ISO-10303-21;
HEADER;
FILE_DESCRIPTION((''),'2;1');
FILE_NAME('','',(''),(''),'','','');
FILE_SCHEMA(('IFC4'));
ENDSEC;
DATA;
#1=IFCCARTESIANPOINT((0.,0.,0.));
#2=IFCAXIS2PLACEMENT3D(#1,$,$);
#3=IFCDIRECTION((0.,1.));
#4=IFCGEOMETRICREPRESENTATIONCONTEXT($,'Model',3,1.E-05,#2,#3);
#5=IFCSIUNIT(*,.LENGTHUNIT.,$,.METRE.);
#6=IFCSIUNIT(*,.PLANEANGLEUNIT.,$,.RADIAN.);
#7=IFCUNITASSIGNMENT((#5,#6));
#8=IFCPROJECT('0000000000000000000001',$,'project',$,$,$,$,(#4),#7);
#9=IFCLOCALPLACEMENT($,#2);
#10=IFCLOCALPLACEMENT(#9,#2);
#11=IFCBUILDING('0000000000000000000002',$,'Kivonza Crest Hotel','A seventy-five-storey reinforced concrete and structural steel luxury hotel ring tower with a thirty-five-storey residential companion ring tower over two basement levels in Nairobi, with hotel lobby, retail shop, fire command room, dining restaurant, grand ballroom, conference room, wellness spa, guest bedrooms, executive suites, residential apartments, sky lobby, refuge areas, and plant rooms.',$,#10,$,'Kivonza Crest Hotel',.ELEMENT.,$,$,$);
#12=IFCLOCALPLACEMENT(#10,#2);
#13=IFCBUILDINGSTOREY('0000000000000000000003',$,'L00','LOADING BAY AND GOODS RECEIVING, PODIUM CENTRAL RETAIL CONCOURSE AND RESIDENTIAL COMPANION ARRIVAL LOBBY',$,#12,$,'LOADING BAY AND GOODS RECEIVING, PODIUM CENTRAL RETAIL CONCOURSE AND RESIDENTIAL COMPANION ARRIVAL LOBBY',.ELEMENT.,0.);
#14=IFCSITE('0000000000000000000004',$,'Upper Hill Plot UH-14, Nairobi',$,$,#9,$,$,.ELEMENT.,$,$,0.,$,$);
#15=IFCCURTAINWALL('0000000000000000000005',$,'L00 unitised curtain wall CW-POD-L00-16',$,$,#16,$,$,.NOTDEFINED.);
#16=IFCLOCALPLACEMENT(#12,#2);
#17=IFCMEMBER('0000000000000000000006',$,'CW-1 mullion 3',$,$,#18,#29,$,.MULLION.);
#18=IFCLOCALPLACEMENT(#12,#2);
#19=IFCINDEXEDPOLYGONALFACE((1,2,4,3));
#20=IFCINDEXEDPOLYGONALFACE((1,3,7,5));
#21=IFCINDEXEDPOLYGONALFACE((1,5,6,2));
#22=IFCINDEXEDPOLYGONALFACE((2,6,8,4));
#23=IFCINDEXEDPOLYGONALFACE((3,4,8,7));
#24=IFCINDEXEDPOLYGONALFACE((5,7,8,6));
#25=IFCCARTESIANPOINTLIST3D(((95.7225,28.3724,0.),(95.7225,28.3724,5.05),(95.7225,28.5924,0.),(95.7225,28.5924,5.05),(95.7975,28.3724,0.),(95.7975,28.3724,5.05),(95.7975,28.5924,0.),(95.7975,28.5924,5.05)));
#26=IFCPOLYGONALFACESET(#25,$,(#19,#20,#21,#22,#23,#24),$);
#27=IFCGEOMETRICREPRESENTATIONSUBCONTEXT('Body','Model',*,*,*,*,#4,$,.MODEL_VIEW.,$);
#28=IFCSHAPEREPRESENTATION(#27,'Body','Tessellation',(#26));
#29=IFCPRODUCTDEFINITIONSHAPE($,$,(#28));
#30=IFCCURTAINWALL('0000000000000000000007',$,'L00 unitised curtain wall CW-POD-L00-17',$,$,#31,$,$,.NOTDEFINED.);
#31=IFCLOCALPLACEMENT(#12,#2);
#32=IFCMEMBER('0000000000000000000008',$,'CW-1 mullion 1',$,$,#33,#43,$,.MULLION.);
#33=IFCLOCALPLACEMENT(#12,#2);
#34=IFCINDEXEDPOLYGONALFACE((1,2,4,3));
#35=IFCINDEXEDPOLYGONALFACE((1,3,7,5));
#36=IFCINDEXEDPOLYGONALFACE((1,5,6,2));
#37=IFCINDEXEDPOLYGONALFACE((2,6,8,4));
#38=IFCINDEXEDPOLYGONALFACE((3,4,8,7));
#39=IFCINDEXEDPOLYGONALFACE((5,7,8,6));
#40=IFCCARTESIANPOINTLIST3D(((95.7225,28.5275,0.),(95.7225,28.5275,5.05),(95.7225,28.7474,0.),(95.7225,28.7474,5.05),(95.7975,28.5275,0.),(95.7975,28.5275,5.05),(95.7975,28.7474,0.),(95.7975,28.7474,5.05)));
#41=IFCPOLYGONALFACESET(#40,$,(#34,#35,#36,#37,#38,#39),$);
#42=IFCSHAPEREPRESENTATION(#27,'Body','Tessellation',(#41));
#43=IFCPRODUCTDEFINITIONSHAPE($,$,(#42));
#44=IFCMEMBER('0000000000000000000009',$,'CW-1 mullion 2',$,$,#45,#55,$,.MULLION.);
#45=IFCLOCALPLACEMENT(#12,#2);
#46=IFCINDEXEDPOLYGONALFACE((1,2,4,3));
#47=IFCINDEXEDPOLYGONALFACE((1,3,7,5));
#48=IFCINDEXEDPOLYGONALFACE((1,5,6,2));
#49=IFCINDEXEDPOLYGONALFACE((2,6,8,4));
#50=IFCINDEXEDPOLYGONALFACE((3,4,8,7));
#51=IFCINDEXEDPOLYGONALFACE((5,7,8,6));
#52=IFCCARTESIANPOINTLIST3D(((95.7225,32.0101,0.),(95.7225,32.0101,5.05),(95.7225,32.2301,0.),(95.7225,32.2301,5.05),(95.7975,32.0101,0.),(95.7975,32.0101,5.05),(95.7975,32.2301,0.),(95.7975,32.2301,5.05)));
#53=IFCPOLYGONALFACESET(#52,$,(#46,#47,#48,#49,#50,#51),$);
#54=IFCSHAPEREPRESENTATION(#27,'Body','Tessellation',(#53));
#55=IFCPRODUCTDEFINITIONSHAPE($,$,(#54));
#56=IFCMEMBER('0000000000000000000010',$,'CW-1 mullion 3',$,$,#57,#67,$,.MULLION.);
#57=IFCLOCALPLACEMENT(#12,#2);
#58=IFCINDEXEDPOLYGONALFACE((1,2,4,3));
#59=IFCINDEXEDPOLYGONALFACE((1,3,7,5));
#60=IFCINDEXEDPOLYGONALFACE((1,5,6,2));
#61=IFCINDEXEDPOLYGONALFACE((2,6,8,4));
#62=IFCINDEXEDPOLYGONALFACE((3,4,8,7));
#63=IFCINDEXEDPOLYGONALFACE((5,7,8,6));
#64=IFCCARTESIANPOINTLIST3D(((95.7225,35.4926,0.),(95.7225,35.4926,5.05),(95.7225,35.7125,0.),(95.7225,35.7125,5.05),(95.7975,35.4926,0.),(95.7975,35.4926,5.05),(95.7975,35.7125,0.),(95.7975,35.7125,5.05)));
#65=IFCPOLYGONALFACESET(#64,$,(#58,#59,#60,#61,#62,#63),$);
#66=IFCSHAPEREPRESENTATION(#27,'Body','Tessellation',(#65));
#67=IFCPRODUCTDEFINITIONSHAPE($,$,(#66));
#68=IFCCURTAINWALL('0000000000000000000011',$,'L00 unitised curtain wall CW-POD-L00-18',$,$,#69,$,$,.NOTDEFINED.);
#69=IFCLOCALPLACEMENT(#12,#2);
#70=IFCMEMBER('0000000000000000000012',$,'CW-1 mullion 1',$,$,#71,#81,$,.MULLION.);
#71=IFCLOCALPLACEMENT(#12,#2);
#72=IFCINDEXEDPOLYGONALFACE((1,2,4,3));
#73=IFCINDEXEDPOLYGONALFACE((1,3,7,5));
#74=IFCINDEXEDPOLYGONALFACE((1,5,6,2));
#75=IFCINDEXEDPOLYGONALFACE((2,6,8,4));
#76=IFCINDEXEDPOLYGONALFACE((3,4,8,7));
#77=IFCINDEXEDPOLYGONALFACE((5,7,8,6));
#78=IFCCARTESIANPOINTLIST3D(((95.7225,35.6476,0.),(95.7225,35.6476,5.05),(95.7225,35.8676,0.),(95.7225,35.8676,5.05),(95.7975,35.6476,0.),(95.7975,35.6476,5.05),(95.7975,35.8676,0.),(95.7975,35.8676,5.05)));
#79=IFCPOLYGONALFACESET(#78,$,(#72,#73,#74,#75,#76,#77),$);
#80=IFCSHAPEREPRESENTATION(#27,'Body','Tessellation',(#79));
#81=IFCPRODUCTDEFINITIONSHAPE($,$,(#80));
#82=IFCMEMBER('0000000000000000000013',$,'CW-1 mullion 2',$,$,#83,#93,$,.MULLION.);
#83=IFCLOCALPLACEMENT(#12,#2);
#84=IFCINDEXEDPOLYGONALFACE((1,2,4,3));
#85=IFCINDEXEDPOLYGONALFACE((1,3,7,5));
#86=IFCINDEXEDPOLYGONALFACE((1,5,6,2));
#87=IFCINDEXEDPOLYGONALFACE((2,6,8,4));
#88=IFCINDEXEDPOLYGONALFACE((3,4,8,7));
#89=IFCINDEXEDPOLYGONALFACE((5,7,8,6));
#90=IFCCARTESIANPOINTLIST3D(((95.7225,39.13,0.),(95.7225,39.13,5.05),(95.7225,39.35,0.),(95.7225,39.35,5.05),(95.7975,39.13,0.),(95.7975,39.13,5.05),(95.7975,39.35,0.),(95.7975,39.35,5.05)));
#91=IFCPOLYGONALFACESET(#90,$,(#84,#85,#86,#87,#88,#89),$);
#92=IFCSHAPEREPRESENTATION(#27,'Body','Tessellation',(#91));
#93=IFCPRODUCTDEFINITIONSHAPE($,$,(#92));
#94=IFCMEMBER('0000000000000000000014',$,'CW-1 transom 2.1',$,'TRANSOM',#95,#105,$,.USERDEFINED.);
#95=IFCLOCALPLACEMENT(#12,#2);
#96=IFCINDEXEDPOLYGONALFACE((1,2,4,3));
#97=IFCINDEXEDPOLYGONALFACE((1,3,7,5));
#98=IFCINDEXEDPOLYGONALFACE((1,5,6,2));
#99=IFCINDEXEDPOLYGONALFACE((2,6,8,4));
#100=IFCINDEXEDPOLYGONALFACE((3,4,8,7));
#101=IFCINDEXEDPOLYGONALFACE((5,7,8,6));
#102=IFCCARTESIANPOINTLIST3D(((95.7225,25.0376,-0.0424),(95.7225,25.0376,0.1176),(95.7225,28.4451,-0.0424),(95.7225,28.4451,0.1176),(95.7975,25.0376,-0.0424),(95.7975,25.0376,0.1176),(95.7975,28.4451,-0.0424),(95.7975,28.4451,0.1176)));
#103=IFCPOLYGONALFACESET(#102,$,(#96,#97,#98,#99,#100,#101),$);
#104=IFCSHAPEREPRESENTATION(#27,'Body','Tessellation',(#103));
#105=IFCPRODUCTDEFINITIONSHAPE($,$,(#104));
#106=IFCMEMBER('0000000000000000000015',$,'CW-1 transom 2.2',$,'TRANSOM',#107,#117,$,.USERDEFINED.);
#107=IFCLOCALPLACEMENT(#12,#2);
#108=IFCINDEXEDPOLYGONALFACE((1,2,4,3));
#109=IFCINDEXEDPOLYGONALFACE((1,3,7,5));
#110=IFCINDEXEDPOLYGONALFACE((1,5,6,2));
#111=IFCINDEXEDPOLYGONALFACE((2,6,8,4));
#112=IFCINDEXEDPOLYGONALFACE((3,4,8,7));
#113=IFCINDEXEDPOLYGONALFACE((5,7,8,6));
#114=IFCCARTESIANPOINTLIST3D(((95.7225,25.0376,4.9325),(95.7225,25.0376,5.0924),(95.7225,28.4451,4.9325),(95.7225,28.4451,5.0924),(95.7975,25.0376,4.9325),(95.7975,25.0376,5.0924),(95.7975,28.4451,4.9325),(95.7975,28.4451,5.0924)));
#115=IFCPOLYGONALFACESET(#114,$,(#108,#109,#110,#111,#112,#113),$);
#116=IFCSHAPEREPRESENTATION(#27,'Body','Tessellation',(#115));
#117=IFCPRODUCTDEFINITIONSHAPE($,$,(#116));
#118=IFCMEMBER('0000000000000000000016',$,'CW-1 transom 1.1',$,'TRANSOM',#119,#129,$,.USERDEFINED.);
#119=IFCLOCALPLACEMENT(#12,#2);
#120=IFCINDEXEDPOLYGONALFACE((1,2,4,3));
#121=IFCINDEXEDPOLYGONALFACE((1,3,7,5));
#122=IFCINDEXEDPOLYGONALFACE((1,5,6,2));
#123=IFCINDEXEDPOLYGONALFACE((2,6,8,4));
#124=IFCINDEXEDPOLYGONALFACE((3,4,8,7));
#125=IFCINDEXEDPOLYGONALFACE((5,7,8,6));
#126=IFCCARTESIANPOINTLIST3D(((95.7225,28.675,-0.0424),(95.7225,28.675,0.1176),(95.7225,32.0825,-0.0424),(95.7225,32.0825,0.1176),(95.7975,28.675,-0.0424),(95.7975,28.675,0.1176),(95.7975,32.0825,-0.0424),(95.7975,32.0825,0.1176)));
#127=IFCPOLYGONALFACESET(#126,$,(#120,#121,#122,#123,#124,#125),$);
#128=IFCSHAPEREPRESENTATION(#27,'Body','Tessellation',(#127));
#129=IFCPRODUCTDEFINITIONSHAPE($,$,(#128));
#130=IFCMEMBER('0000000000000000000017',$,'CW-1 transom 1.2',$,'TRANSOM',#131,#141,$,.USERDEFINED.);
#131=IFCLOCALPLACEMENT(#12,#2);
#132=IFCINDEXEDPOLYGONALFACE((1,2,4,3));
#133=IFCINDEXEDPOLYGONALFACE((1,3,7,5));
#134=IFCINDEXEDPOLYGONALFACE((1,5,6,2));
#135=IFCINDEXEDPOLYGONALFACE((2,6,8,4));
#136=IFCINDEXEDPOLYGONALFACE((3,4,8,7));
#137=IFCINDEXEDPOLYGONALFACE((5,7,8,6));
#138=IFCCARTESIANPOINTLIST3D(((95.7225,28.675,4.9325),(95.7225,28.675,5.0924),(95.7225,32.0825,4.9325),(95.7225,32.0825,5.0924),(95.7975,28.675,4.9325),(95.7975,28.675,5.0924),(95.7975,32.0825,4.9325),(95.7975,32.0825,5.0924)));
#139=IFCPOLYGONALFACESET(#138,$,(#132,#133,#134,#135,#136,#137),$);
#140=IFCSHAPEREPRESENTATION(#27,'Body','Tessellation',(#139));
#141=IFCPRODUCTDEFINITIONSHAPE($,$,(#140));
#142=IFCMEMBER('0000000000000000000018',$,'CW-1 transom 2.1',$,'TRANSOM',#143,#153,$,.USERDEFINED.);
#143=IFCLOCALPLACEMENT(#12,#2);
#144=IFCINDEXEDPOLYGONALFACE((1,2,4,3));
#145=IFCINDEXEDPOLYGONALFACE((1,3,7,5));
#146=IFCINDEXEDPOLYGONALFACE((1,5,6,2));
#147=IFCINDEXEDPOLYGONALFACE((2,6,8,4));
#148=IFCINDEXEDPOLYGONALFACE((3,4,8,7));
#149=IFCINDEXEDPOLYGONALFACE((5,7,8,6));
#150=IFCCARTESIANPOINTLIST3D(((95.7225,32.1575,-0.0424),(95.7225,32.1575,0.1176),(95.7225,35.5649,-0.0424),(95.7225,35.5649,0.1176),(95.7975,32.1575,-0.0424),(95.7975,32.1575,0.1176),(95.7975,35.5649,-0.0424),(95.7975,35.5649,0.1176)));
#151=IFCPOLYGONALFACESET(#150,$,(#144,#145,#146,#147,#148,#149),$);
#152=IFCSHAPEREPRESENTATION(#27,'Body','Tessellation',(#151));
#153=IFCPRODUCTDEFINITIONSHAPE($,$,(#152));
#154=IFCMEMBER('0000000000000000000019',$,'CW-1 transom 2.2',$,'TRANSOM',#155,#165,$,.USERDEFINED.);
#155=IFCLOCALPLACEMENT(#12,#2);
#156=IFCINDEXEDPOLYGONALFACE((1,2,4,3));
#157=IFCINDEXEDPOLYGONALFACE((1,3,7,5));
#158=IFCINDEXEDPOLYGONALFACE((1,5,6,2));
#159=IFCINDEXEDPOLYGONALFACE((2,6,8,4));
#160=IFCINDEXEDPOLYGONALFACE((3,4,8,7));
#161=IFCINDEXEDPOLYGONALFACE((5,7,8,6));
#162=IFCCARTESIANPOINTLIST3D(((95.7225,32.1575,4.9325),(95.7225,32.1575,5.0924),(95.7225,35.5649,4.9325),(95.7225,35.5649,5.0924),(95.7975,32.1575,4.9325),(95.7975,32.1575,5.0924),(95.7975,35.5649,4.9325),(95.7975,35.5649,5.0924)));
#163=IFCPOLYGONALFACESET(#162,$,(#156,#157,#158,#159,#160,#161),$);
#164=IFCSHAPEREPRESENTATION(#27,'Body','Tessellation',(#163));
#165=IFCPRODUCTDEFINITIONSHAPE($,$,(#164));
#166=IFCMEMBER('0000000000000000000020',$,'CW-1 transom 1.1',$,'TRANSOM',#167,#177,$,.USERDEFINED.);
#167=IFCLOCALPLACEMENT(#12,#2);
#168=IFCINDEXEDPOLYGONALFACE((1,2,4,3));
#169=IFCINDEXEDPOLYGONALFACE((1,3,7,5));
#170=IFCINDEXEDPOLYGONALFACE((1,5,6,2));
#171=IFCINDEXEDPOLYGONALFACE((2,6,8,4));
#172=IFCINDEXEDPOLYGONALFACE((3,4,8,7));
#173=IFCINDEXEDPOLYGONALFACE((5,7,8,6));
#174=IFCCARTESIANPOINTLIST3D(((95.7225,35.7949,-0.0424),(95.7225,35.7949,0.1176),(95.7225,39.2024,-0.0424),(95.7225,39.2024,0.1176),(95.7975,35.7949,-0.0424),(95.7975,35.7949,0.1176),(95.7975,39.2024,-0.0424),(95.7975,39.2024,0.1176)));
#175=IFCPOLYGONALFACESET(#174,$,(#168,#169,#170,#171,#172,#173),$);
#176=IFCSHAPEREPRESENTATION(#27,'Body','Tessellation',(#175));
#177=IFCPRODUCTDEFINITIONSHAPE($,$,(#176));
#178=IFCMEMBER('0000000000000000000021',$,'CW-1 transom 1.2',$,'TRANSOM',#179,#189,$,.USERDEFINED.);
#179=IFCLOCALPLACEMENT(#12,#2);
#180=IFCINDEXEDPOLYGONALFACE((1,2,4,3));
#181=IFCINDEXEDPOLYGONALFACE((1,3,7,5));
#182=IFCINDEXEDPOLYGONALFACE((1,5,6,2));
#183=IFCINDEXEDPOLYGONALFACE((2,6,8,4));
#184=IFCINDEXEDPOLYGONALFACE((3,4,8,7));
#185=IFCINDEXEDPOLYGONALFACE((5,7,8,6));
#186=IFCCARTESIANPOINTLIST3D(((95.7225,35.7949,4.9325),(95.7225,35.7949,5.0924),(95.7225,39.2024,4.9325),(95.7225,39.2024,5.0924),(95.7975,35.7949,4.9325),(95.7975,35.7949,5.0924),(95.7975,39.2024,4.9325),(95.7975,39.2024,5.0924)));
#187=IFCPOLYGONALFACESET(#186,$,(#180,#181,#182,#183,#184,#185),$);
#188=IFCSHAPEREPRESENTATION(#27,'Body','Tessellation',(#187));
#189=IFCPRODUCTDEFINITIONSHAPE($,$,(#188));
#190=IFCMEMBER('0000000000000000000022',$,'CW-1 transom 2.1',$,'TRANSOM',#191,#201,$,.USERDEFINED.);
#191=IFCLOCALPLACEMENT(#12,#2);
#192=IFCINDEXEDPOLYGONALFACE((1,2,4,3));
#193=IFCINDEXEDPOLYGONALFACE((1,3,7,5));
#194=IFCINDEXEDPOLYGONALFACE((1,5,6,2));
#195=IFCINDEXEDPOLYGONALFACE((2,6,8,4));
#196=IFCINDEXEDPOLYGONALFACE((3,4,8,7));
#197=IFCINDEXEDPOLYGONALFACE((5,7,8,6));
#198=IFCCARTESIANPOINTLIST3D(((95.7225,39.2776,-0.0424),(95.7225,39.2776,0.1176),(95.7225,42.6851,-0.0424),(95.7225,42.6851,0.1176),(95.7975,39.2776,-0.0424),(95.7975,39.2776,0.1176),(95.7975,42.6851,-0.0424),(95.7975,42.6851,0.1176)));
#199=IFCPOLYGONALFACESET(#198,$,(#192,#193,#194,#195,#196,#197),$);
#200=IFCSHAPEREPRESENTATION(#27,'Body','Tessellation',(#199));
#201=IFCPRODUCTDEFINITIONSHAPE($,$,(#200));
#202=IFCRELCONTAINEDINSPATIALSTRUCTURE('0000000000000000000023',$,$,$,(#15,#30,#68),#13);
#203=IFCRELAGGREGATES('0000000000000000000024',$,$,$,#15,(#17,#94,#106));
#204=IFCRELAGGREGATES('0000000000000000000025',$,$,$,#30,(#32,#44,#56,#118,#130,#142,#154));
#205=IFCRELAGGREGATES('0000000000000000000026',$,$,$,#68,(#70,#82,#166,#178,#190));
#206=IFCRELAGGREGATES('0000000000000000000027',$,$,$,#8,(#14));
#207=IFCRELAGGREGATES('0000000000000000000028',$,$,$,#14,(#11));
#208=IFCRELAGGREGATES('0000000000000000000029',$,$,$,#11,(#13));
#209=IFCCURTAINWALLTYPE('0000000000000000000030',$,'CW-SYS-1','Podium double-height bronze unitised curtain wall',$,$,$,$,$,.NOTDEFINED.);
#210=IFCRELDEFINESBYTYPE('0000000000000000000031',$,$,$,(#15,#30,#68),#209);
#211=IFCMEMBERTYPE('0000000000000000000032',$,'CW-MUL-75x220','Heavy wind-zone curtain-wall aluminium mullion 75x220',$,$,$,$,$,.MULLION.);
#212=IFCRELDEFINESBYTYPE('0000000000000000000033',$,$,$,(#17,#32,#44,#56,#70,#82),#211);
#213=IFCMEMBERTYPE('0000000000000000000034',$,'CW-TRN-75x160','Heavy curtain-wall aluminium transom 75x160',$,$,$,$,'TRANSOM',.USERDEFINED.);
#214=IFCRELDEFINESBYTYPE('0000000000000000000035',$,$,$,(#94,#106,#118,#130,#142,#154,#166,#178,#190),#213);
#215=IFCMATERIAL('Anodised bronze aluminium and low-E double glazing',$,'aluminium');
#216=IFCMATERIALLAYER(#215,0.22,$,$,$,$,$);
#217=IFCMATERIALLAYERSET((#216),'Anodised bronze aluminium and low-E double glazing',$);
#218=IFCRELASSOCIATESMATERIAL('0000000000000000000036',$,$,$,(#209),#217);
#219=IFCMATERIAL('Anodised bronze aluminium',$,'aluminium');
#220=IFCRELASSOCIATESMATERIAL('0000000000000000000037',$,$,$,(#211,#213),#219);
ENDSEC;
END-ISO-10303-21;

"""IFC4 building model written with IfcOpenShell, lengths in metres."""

from ifc_helpers import new_model, si_unit, direction, frame, origin, origin_2d, place, context, subcontext, project, spatial, rectangle, extrude, material, layer, layer_set, material_profile, profile_set, type_object, element, aggregate, save


model = new_model("IFC4")

# Units and contexts
model_context = context("Model", 3, precision=1e-05, world=origin(), true_north=direction((0.0, 1.0)))
body_context = subcontext(model_context, "Body", "Model", "MODEL_VIEW")
ifc_project = project(units=[si_unit("LENGTHUNIT", "METRE"), si_unit("PLANEANGLEUNIT", "RADIAN")], contexts=[model_context])

# Site, building, storey
site_placement = place(None, origin())
site = spatial("IfcSite", under=ifc_project, at=site_placement, Name="Upper Hill Plot UH-14, Nairobi", CompositionType="ELEMENT", RefElevation=0.0)
building_placement = place(site_placement, origin())
building = spatial("IfcBuilding", under=site, at=building_placement, Name="Kivonza Crest Hotel", Description="A seventy-five-storey reinforced concrete and structural steel luxury hotel ring tower with a thirty-five-storey residential companion ring tower over two basement levels in Nairobi, with hotel lobby, retail shop, fire command room, dining restaurant, grand ballroom, conference room, wellness spa, guest bedrooms, executive suites, residential apartments, sky lobby, refuge areas, and plant rooms.", LongName="Kivonza Crest Hotel", CompositionType="ELEMENT")
storey_placement = place(building_placement, origin())
storey = spatial("IfcBuildingStorey", under=building, at=storey_placement, Name="L00", Description="LOADING BAY AND GOODS RECEIVING, PODIUM CENTRAL RETAIL CONCOURSE AND RESIDENTIAL COMPANION ARRIVAL LOBBY", LongName="LOADING BAY AND GOODS RECEIVING, PODIUM CENTRAL RETAIL CONCOURSE AND RESIDENTIAL COMPANION ARRIVAL LOBBY", CompositionType="ELEMENT", Elevation=0.0)

# Curtain wall, member
ifc_material_1 = material(Name="Anodised bronze aluminium and low-E double glazing", Category="aluminium")
ifc_layer_1 = layer(ifc_material_1, 0.22)
ifc_layer_set_1 = layer_set([ifc_layer_1], Name="Anodised bronze aluminium and low-E double glazing")
curtain_wall_type = type_object("IfcCurtainWallType", Name="CW-SYS-1", Description="Podium double-height bronze unitised curtain wall", PredefinedType="NOTDEFINED", material=ifc_layer_set_1)
curtain_wall_1_placement = place(storey_placement, origin())
curtain_wall_1 = element("IfcCurtainWall", 1, at=curtain_wall_1_placement, inside=storey, type_object=curtain_wall_type, Name="L00 unitised curtain wall CW-POD-L00-16", PredefinedType="NOTDEFINED")
ifc_material_2 = material(Name="Anodised bronze aluminium", Category="aluminium")
ifc_material_profile_1 = material_profile(ifc_material_2, rectangle(XDim=0.075, YDim=0.22, at=origin_2d()), Name="CW-M 75x220")
ifc_profile_set_1 = profile_set([ifc_material_profile_1], Name="Anodised bronze aluminium")
member_type_1 = type_object("IfcMemberType", Name="CW-MUL-75x220", Description="Heavy wind-zone curtain-wall aluminium mullion 75x220", PredefinedType="MULLION", material=ifc_profile_set_1)
member_1_placement = place(storey_placement, frame((95.76, 28.4824, 0.0), z_axis=(0.0, 0.0, 1.0), x_axis=(-1.0, 0.0, 0.0)))
member_1 = element("IfcMember", 2, at=member_1_placement, type_object=member_type_1, Name="CW-1 mullion 3", PredefinedType="MULLION", context=body_context, shape_type="SweptSolid", body=[
    extrude(rectangle(XDim=0.075, YDim=0.22, at=origin_2d()), origin(), (0.0, 0.0, 1.0), 5.05),
])

# Curtain walls, members
curtain_wall_2_placement = place(storey_placement, origin())
curtain_wall_2 = element("IfcCurtainWall", 3, at=curtain_wall_2_placement, inside=storey, type_object=curtain_wall_type, Name="L00 unitised curtain wall CW-POD-L00-17", PredefinedType="NOTDEFINED")
member_2_placement = place(storey_placement, frame((95.76, 28.6375, 0.0), z_axis=(0.0, 0.0, 1.0), x_axis=(-1.0, 0.0, 0.0)))
member_2 = element("IfcMember", 4, at=member_2_placement, type_object=member_type_1, Name="CW-1 mullion 1", PredefinedType="MULLION", context=body_context, shape_type="SweptSolid", body=[
    extrude(rectangle(XDim=0.075, YDim=0.22, at=origin_2d()), origin(), (0.0, 0.0, 1.0), 5.05),
])
member_3_placement = place(storey_placement, frame((95.76, 32.1201, 0.0), z_axis=(0.0, 0.0, 1.0), x_axis=(-1.0, 0.0, 0.0)))
member_3 = element("IfcMember", 5, at=member_3_placement, type_object=member_type_1, Name="CW-1 mullion 2", PredefinedType="MULLION", context=body_context, shape_type="SweptSolid", body=[
    extrude(rectangle(XDim=0.075, YDim=0.22, at=origin_2d()), origin(), (0.0, 0.0, 1.0), 5.05),
])
member_4_placement = place(storey_placement, frame((95.76, 35.6025, 0.0), z_axis=(0.0, 0.0, 1.0), x_axis=(-1.0, 0.0, 0.0)))
member_4 = element("IfcMember", 6, at=member_4_placement, type_object=member_type_1, Name="CW-1 mullion 3", PredefinedType="MULLION", context=body_context, shape_type="SweptSolid", body=[
    extrude(rectangle(XDim=0.075, YDim=0.22, at=origin_2d()), origin(), (0.0, 0.0, 1.0), 5.05),
])
curtain_wall_3_placement = place(storey_placement, origin())
curtain_wall_3 = element("IfcCurtainWall", 7, at=curtain_wall_3_placement, inside=storey, type_object=curtain_wall_type, Name="L00 unitised curtain wall CW-POD-L00-18", PredefinedType="NOTDEFINED")
member_5_placement = place(storey_placement, frame((95.76, 35.7576, 0.0), z_axis=(0.0, 0.0, 1.0), x_axis=(-1.0, 0.0, 0.0)))
member_5 = element("IfcMember", 8, at=member_5_placement, type_object=member_type_1, Name="CW-1 mullion 1", PredefinedType="MULLION", context=body_context, shape_type="SweptSolid", body=[
    extrude(rectangle(XDim=0.075, YDim=0.22, at=origin_2d()), origin(), (0.0, 0.0, 1.0), 5.05),
])
member_6_placement = place(storey_placement, frame((95.76, 39.24, 0.0), z_axis=(0.0, 0.0, 1.0), x_axis=(-1.0, 0.0, 0.0)))
member_6 = element("IfcMember", 9, at=member_6_placement, type_object=member_type_1, Name="CW-1 mullion 2", PredefinedType="MULLION", context=body_context, shape_type="SweptSolid", body=[
    extrude(rectangle(XDim=0.075, YDim=0.22, at=origin_2d()), origin(), (0.0, 0.0, 1.0), 5.05),
])

# Members
ifc_material_profile_2 = material_profile(ifc_material_2, rectangle(XDim=0.075, YDim=0.1599, at=origin_2d()), Name="CW-T 75x160")
ifc_profile_set_2 = profile_set([ifc_material_profile_2], Name="Anodised bronze aluminium")
member_type_2 = type_object("IfcMemberType", Name="CW-TRN-75x160", Description="Heavy curtain-wall aluminium transom 75x160", ElementType="TRANSOM", PredefinedType="USERDEFINED", material=ifc_profile_set_2)
member_7_placement = place(storey_placement, frame((95.76, 25.0376, 0.0376), z_axis=(0.0, 1.0, 0.0), x_axis=(-1.0, 0.0, 0.0)))
member_7 = element("IfcMember", 10, at=member_7_placement, type_object=member_type_2, Name="CW-1 transom 2.1", ObjectType="TRANSOM", PredefinedType="USERDEFINED", context=body_context, shape_type="SweptSolid", body=[
    extrude(rectangle(XDim=0.075, YDim=0.1599, at=origin_2d()), origin(), (0.0, 0.0, 1.0), 3.4075),
])
member_8_placement = place(storey_placement, frame((95.76, 25.0376, 5.0125), z_axis=(0.0, 1.0, 0.0), x_axis=(-1.0, 0.0, 0.0)))
member_8 = element("IfcMember", 11, at=member_8_placement, type_object=member_type_2, Name="CW-1 transom 2.2", ObjectType="TRANSOM", PredefinedType="USERDEFINED", context=body_context, shape_type="SweptSolid", body=[
    extrude(rectangle(XDim=0.075, YDim=0.1599, at=origin_2d()), origin(), (0.0, 0.0, 1.0), 3.4075),
])
member_9_placement = place(storey_placement, frame((95.76, 28.675, 0.0376), z_axis=(0.0, 1.0, 0.0), x_axis=(-1.0, 0.0, 0.0)))
member_9 = element("IfcMember", 12, at=member_9_placement, type_object=member_type_2, Name="CW-1 transom 1.1", ObjectType="TRANSOM", PredefinedType="USERDEFINED", context=body_context, shape_type="SweptSolid", body=[
    extrude(rectangle(XDim=0.075, YDim=0.1599, at=origin_2d()), origin(), (0.0, 0.0, 1.0), 3.4075),
])
member_10_placement = place(storey_placement, frame((95.76, 28.675, 5.0125), z_axis=(0.0, 1.0, 0.0), x_axis=(-1.0, 0.0, 0.0)))
member_10 = element("IfcMember", 13, at=member_10_placement, type_object=member_type_2, Name="CW-1 transom 1.2", ObjectType="TRANSOM", PredefinedType="USERDEFINED", context=body_context, shape_type="SweptSolid", body=[
    extrude(rectangle(XDim=0.075, YDim=0.1599, at=origin_2d()), origin(), (0.0, 0.0, 1.0), 3.4075),
])
member_11_placement = place(storey_placement, frame((95.76, 32.1575, 0.0376), z_axis=(0.0, 1.0, 0.0), x_axis=(-1.0, 0.0, 0.0)))
member_11 = element("IfcMember", 14, at=member_11_placement, type_object=member_type_2, Name="CW-1 transom 2.1", ObjectType="TRANSOM", PredefinedType="USERDEFINED", context=body_context, shape_type="SweptSolid", body=[
    extrude(rectangle(XDim=0.075, YDim=0.1599, at=origin_2d()), origin(), (0.0, 0.0, 1.0), 3.4075),
])
member_12_placement = place(storey_placement, frame((95.76, 32.1575, 5.0125), z_axis=(0.0, 1.0, 0.0), x_axis=(-1.0, 0.0, 0.0)))
member_12 = element("IfcMember", 15, at=member_12_placement, type_object=member_type_2, Name="CW-1 transom 2.2", ObjectType="TRANSOM", PredefinedType="USERDEFINED", context=body_context, shape_type="SweptSolid", body=[
    extrude(rectangle(XDim=0.075, YDim=0.1599, at=origin_2d()), origin(), (0.0, 0.0, 1.0), 3.4075),
])
member_13_placement = place(storey_placement, frame((95.76, 35.7949, 0.0376), z_axis=(0.0, 1.0, 0.0), x_axis=(-1.0, 0.0, 0.0)))
member_13 = element("IfcMember", 16, at=member_13_placement, type_object=member_type_2, Name="CW-1 transom 1.1", ObjectType="TRANSOM", PredefinedType="USERDEFINED", context=body_context, shape_type="SweptSolid", body=[
    extrude(rectangle(XDim=0.075, YDim=0.1599, at=origin_2d()), origin(), (0.0, 0.0, 1.0), 3.4075),
])
member_14_placement = place(storey_placement, frame((95.76, 35.7949, 5.0125), z_axis=(0.0, 1.0, 0.0), x_axis=(-1.0, 0.0, 0.0)))
member_14 = element("IfcMember", 17, at=member_14_placement, type_object=member_type_2, Name="CW-1 transom 1.2", ObjectType="TRANSOM", PredefinedType="USERDEFINED", context=body_context, shape_type="SweptSolid", body=[
    extrude(rectangle(XDim=0.075, YDim=0.1599, at=origin_2d()), origin(), (0.0, 0.0, 1.0), 3.4075),
])
member_15_placement = place(storey_placement, frame((95.76, 39.2776, 0.0376), z_axis=(0.0, 1.0, 0.0), x_axis=(-1.0, 0.0, 0.0)))
member_15 = element("IfcMember", 18, at=member_15_placement, type_object=member_type_2, Name="CW-1 transom 2.1", ObjectType="TRANSOM", PredefinedType="USERDEFINED", context=body_context, shape_type="SweptSolid", body=[
    extrude(rectangle(XDim=0.075, YDim=0.1599, at=origin_2d()), origin(), (0.0, 0.0, 1.0), 3.4075),
])

aggregate(curtain_wall_1, [member_1, member_7, member_8])
aggregate(curtain_wall_2, [member_2, member_3, member_4, member_9, member_10, member_11, member_12])
aggregate(curtain_wall_3, [member_5, member_6, member_13, member_14, member_15])

save(model, "model.ifc")
